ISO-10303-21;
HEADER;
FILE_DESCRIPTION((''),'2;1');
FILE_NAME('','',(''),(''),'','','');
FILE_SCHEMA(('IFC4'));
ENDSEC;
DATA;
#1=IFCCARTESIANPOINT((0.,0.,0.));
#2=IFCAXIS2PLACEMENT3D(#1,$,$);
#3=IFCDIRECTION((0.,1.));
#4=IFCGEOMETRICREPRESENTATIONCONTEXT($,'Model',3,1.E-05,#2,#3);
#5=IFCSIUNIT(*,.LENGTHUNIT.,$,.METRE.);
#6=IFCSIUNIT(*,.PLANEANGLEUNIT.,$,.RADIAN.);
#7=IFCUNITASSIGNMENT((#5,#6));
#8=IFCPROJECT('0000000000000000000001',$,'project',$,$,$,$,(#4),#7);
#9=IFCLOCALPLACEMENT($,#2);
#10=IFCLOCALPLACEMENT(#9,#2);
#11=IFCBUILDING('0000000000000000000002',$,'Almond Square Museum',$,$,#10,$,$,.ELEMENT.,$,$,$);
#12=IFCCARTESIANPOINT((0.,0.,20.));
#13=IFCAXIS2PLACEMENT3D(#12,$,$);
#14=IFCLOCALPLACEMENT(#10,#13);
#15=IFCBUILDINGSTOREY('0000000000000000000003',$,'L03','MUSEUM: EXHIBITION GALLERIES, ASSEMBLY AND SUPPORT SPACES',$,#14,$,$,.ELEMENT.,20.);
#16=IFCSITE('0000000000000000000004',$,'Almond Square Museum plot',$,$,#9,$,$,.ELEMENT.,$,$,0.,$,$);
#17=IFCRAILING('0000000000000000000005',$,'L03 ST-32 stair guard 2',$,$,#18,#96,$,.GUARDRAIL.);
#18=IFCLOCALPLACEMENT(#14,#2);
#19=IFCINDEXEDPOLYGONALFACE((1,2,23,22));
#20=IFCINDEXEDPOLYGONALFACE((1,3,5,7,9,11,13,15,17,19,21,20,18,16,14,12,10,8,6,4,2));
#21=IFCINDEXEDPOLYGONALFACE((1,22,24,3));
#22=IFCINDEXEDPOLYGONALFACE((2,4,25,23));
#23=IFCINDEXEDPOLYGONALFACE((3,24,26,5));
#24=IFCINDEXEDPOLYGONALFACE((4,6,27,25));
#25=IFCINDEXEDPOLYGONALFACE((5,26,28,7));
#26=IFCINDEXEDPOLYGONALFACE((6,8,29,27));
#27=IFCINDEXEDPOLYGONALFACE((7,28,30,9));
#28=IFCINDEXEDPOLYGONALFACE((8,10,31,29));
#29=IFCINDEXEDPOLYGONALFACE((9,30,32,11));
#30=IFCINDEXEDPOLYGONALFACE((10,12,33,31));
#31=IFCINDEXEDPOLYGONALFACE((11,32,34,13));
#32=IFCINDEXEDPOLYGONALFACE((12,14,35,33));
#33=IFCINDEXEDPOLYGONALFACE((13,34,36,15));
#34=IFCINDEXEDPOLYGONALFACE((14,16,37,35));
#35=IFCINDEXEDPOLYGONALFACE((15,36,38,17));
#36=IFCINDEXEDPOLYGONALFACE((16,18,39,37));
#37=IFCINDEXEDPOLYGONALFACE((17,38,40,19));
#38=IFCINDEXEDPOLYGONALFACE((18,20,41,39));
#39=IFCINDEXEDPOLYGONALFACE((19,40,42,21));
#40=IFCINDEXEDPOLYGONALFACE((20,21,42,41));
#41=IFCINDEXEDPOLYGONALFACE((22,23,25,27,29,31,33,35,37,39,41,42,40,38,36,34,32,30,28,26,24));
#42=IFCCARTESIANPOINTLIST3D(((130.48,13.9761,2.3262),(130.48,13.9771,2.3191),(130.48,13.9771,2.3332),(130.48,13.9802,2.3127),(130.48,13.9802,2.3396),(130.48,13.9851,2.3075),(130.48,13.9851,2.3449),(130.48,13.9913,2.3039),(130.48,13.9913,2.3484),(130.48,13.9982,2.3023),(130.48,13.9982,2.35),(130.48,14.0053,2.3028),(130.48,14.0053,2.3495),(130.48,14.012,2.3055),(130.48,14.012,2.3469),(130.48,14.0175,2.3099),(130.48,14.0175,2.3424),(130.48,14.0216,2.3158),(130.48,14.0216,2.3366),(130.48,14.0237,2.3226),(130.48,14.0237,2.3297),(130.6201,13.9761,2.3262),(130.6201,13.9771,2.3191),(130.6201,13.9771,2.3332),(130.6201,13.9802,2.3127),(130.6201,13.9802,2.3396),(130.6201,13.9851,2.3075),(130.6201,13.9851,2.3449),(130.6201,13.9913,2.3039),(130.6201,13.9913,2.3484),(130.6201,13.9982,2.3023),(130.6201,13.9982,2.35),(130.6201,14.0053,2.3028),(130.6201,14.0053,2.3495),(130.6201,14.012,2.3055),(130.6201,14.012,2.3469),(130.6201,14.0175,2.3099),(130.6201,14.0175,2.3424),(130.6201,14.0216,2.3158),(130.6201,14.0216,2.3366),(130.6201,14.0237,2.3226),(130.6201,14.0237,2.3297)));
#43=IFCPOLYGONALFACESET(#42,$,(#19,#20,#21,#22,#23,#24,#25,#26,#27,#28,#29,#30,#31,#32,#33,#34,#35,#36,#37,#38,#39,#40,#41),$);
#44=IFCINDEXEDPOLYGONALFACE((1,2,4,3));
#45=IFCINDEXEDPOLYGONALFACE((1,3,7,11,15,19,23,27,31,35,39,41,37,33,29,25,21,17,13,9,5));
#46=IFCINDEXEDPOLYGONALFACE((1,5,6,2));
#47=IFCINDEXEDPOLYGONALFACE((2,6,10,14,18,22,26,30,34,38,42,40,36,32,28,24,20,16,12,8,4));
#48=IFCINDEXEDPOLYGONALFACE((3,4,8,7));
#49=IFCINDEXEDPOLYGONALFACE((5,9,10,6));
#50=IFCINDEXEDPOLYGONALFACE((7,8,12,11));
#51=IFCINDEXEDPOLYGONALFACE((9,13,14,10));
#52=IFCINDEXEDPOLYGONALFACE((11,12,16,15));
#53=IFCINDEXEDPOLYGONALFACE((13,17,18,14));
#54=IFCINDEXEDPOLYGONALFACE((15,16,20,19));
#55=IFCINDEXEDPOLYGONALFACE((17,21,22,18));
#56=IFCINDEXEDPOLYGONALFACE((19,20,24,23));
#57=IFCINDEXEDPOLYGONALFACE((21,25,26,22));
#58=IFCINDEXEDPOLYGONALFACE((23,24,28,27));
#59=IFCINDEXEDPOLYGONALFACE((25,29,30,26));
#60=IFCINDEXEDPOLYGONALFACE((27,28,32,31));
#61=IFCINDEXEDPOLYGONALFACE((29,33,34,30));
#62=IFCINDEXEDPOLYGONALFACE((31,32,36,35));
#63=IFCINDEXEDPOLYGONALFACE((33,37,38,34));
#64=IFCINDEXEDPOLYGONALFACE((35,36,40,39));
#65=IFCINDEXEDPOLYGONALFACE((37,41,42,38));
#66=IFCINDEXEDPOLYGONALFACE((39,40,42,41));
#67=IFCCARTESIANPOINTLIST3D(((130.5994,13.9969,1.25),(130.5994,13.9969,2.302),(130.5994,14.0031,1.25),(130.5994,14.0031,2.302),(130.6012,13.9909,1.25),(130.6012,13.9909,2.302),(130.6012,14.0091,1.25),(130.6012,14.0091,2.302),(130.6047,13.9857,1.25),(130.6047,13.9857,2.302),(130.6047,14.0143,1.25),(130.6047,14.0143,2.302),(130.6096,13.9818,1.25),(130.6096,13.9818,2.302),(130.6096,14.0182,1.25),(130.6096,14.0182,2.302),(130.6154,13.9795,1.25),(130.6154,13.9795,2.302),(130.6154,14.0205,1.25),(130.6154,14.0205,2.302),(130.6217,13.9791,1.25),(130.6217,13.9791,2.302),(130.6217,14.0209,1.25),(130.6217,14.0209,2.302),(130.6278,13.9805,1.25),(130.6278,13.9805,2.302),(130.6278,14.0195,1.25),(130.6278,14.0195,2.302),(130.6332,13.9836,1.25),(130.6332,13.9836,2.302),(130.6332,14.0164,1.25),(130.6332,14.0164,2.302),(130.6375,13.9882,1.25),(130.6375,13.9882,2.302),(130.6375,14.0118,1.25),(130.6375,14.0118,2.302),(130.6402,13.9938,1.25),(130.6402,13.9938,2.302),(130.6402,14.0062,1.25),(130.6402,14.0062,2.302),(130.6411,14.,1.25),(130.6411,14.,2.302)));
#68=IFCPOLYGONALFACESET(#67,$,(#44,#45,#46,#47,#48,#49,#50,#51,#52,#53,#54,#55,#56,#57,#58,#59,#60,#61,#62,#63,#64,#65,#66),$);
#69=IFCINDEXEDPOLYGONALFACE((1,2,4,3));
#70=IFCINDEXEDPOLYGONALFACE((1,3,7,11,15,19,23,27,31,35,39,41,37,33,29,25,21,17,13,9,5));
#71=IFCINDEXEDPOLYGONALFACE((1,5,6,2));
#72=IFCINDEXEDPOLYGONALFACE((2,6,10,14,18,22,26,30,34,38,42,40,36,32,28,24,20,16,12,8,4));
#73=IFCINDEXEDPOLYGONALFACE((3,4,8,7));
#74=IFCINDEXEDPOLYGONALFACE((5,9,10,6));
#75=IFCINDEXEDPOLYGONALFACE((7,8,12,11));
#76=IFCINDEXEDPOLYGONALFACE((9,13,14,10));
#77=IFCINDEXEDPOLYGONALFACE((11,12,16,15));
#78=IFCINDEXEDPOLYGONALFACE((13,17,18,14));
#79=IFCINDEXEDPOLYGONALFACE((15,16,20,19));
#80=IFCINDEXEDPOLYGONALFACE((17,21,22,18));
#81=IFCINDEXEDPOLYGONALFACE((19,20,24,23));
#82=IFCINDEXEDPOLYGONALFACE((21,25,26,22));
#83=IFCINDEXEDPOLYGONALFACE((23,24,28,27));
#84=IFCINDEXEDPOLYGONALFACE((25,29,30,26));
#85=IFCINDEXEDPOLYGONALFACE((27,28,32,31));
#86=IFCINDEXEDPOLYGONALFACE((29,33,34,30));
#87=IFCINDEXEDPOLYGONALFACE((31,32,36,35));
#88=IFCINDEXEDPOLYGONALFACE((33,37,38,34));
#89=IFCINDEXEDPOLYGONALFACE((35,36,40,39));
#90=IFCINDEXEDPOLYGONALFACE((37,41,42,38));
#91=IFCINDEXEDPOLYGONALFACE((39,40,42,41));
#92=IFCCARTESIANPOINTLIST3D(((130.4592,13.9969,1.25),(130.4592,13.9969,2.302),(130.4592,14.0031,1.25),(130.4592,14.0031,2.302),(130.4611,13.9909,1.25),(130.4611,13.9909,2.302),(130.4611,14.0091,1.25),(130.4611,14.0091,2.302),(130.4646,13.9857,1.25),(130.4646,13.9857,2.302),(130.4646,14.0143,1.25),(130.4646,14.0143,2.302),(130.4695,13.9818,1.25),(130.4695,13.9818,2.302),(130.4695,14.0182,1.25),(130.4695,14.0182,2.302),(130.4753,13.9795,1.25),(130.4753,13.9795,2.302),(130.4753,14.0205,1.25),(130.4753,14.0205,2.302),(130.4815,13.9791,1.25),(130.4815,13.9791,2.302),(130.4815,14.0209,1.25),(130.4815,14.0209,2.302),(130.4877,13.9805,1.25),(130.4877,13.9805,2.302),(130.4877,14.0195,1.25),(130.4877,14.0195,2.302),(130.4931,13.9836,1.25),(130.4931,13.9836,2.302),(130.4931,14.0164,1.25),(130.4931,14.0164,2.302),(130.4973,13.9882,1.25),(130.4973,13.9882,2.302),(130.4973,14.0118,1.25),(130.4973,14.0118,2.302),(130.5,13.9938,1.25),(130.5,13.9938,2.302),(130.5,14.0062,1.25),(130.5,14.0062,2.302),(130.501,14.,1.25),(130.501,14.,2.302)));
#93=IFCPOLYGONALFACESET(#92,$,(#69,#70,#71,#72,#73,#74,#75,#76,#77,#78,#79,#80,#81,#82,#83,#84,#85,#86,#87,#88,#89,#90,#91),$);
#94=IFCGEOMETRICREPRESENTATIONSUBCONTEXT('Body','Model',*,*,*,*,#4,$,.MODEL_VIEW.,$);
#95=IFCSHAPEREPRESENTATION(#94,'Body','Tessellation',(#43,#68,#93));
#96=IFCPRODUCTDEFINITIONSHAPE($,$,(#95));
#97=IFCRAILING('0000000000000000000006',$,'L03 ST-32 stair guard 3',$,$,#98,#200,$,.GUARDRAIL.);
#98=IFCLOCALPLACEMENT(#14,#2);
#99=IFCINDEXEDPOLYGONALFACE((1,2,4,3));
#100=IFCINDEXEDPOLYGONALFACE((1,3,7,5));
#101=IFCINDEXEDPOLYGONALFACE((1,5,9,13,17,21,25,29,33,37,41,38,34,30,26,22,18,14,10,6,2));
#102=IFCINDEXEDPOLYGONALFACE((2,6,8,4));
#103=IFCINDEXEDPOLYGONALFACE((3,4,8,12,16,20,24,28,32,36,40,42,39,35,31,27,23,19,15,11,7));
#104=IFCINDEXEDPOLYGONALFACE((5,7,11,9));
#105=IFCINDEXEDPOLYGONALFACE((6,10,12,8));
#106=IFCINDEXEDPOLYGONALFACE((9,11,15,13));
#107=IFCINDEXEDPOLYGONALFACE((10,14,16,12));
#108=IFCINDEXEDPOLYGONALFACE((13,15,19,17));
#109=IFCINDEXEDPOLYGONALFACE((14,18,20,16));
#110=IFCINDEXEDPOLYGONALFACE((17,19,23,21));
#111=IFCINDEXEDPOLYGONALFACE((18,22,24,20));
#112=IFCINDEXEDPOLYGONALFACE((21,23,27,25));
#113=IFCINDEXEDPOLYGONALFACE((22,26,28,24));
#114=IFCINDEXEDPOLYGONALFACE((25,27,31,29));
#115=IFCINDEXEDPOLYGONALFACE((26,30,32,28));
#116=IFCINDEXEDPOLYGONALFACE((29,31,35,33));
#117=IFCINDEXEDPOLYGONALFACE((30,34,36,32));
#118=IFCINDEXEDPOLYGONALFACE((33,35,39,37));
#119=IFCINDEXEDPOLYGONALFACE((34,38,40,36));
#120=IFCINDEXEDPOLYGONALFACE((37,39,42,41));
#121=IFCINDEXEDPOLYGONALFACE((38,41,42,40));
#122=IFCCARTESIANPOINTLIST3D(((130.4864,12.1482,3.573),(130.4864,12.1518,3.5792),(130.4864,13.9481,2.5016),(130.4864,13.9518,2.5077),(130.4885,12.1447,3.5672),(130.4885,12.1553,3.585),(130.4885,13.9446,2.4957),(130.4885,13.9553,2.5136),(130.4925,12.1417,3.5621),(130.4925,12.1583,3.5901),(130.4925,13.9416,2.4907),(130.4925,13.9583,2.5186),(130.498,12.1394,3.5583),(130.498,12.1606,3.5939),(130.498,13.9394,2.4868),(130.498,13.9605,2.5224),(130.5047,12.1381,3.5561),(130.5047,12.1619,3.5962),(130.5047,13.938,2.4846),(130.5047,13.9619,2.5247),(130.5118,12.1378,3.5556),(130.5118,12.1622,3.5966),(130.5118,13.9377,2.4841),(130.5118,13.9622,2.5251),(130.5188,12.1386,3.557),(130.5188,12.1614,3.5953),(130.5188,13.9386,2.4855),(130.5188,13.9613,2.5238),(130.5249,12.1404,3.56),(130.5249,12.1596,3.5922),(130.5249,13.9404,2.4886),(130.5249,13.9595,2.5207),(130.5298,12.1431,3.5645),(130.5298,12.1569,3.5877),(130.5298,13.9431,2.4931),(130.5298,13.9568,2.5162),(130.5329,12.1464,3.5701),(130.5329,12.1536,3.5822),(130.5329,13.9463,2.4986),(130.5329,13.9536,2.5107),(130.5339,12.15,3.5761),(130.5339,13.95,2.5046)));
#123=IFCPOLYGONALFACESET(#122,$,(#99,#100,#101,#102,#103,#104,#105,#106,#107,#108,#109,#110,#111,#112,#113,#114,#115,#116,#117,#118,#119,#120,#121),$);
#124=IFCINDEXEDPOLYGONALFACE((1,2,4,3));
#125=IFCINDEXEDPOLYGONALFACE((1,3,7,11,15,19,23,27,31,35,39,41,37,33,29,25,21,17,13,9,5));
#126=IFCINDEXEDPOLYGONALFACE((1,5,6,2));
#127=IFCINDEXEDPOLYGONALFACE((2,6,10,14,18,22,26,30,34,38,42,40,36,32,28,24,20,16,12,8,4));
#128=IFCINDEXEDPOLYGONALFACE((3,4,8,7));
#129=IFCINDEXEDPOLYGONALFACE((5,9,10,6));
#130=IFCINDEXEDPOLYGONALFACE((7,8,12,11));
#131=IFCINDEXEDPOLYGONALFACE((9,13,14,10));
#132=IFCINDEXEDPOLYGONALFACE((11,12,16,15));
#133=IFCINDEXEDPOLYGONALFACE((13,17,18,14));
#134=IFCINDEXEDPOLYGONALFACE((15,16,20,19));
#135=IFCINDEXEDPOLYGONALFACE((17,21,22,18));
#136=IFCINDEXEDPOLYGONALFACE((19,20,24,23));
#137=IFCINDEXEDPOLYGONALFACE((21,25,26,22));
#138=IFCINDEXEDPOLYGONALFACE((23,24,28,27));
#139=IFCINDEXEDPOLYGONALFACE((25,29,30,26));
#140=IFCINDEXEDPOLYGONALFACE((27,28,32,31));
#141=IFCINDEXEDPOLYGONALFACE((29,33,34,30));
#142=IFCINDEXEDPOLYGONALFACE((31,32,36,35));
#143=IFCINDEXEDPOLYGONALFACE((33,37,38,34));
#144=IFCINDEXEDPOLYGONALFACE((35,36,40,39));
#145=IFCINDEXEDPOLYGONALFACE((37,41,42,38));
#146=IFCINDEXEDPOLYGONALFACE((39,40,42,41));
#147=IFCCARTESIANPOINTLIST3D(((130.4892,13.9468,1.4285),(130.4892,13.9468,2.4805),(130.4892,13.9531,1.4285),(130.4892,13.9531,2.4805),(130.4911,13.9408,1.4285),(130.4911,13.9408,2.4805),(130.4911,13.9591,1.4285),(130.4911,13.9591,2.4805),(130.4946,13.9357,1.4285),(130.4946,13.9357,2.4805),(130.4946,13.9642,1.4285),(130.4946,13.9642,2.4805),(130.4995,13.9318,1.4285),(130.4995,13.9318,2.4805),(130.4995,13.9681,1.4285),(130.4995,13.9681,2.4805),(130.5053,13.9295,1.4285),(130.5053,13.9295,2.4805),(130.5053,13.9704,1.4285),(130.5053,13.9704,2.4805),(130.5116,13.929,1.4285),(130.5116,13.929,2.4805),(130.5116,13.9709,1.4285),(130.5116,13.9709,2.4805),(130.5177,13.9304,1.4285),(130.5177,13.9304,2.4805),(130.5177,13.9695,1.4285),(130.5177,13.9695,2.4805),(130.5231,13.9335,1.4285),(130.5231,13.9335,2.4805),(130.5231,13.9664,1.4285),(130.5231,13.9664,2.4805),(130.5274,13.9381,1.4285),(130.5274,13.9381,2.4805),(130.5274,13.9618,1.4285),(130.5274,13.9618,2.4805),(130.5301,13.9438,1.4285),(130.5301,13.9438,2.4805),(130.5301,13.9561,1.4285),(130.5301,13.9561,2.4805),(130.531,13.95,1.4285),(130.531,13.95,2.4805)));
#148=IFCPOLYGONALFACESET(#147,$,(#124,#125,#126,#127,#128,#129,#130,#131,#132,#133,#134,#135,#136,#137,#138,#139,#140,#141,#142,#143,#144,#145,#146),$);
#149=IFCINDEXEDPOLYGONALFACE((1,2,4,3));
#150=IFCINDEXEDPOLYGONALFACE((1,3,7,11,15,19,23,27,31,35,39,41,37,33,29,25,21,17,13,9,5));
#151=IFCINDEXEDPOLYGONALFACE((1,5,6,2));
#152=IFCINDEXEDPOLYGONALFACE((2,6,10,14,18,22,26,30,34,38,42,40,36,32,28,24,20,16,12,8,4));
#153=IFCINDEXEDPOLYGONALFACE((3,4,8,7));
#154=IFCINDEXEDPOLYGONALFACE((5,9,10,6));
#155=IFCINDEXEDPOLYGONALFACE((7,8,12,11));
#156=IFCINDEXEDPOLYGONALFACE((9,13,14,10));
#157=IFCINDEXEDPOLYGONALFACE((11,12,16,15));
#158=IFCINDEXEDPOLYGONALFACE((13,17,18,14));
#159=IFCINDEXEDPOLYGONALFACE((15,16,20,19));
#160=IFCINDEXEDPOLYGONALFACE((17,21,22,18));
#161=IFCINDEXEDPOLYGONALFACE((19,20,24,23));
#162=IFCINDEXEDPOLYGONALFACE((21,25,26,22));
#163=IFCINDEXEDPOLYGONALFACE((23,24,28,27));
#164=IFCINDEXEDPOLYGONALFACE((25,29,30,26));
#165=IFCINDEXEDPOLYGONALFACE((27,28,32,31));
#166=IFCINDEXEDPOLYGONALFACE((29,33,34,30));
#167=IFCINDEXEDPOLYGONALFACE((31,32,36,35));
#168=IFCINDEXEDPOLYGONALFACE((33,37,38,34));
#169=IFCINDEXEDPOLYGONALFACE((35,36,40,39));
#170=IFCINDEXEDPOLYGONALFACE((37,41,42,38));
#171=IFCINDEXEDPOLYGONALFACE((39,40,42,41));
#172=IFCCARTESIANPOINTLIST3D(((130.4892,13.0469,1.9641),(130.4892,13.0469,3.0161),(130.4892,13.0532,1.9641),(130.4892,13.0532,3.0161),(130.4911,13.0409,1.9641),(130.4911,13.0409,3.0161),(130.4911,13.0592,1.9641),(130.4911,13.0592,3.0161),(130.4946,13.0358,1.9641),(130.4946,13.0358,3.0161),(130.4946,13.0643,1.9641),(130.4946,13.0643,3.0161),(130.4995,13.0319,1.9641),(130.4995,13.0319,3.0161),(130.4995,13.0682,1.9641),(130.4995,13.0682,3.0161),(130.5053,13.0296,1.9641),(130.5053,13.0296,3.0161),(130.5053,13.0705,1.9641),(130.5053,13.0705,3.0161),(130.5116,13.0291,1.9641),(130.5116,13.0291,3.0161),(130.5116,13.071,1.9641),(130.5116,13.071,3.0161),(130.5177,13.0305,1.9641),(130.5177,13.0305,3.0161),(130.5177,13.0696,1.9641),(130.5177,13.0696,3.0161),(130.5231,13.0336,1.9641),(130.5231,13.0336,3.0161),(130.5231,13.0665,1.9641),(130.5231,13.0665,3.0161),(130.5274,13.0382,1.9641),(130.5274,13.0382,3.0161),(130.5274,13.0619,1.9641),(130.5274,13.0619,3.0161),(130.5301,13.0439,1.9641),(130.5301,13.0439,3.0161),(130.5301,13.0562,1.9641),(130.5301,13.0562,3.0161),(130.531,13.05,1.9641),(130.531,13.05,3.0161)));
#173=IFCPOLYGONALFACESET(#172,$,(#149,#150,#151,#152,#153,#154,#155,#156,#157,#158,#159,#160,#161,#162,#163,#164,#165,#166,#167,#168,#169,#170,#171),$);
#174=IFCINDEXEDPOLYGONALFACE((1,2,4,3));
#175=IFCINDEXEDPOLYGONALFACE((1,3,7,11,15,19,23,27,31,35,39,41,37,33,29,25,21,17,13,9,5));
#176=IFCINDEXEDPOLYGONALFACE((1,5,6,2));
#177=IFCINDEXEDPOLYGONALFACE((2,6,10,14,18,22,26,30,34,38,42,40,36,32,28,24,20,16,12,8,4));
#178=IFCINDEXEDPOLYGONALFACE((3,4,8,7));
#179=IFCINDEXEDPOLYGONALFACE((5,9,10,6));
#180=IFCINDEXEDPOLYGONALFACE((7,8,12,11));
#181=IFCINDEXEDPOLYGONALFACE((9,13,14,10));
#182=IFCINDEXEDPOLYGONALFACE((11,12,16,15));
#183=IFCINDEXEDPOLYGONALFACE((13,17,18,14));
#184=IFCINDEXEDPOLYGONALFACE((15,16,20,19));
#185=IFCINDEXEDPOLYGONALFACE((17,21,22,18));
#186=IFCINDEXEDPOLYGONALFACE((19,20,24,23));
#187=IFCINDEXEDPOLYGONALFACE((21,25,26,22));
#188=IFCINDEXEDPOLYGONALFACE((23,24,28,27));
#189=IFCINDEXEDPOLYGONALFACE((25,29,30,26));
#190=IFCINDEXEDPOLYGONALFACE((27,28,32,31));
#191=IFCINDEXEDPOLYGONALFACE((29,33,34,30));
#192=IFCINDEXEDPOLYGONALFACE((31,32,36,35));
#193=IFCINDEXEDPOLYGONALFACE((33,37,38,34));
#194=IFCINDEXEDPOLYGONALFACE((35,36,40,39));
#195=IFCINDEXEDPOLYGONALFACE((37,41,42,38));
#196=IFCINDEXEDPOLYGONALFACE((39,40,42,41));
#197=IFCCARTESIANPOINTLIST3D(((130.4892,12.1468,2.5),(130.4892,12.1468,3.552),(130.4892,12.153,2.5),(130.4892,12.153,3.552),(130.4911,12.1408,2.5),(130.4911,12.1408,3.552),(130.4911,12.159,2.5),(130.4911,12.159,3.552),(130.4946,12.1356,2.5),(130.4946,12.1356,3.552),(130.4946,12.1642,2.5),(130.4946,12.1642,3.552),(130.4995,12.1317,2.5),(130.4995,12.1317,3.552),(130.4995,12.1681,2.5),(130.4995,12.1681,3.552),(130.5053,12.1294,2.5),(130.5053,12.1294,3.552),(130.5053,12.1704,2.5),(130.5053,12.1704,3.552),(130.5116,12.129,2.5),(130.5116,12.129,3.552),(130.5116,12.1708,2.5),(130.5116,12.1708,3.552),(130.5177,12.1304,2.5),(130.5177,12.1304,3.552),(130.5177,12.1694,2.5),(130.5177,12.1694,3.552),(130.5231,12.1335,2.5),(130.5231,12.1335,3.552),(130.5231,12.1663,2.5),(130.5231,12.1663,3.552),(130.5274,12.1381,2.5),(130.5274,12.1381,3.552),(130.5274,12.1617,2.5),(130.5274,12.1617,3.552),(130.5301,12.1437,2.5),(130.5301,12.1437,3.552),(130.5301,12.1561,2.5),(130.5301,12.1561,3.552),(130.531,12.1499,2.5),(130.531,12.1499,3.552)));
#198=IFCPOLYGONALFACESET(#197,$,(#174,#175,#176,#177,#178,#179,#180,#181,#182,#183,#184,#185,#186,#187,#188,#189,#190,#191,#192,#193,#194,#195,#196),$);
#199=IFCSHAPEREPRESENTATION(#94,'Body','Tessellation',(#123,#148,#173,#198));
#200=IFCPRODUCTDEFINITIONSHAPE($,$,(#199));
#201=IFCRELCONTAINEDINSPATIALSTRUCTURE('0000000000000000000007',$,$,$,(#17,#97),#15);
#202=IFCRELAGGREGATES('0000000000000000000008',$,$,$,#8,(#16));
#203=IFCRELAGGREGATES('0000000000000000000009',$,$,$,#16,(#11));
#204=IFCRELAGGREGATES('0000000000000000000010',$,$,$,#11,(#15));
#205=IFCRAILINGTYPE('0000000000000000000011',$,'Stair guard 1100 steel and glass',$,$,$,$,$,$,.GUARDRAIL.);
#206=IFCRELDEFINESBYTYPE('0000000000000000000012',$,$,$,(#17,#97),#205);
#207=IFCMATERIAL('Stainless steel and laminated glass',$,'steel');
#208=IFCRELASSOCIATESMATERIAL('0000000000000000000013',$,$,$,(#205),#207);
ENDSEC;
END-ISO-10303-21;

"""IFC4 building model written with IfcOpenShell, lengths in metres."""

from ifc_helpers import new_model, si_unit, direction, frame, origin, origin_2d, place, context, subcontext, project, spatial, circle, extrude, material, type_object, element, save


model = new_model("IFC4")

# Units and contexts
model_context = context("Model", 3, precision=1e-05, world=origin(), true_north=direction((0.0, 1.0)))
body_context = subcontext(model_context, "Body", "Model", "MODEL_VIEW")
ifc_project = project(units=[si_unit("LENGTHUNIT", "METRE"), si_unit("PLANEANGLEUNIT", "RADIAN")], contexts=[model_context])

# Site, building, storey
site_placement = place(None, origin())
site = spatial("IfcSite", under=ifc_project, at=site_placement, Name="Almond Square Museum plot", CompositionType="ELEMENT", RefElevation=0.0)
building_placement = place(site_placement, origin())
building = spatial("IfcBuilding", under=site, at=building_placement, Name="Almond Square Museum", CompositionType="ELEMENT")
storey_placement = place(building_placement, frame((0.0, 0.0, 20.0)))
storey = spatial("IfcBuildingStorey", under=building, at=storey_placement, Name="L03", Description="MUSEUM: EXHIBITION GALLERIES, ASSEMBLY AND SUPPORT SPACES", CompositionType="ELEMENT", Elevation=20.0)

# Railings
ifc_material_1 = material(Name="Stainless steel and laminated glass", Category="steel")
railing_type = type_object("IfcRailingType", Name="Stair guard 1100 steel and glass", PredefinedType="GUARDRAIL", material=ifc_material_1)
for number, where, name in (
    (1, (130.6201, 14.0, 1.25), "L03 ST-32 stair guard 2"),
):
    element("IfcRailing", number, at=place(storey_placement, frame(where)), inside=storey, type_object=railing_type, Name=name, PredefinedType="GUARDRAIL", context=body_context, shape_type="SweptSolid", body=[
        extrude(circle(Radius=0.0239, at=origin_2d()), frame((0.0, 0.0, 1.0762), z_axis=(-1.0, 0.0, 0.0), x_axis=(0.0, -1.0, 0.0)), (0.0, 0.0, 1.0), 0.1401),
        extrude(circle(Radius=0.021, at=origin_2d()), origin(), (0.0, 0.0, 1.0), 1.052),
        extrude(circle(Radius=0.021, at=origin_2d()), frame((-0.1401, 0.0, 0.0)), (0.0, 0.0, 1.0), 1.052),
    ])
railing_1_placement = place(storey_placement, frame((130.51, 13.95, 1.4285)))
element("IfcRailing", 2, at=railing_1_placement, inside=storey, type_object=railing_type, Name="L03 ST-32 stair guard 3", PredefinedType="GUARDRAIL", context=body_context, shape_type="SweptSolid", body=[
    extrude(circle(Radius=0.0239, at=origin_2d()), frame((0.0, 0.0, 1.0762), z_axis=(0.0, -0.859277, 0.51151), x_axis=(1.0, 0.0, 0.0)), (0.0, 0.0, 1.0), 2.0947),
    extrude(circle(Radius=0.021, at=origin_2d()), origin(), (0.0, 0.0, 1.0), 1.052),
    extrude(circle(Radius=0.021, at=origin_2d()), frame((0.0, -0.8999, 0.5356)), (0.0, 0.0, 1.0), 1.052),
    extrude(circle(Radius=0.021, at=origin_2d()), frame((0.0, -1.8, 1.0715)), (0.0, 0.0, 1.0), 1.052),
])

save(model, "model.ifc")
